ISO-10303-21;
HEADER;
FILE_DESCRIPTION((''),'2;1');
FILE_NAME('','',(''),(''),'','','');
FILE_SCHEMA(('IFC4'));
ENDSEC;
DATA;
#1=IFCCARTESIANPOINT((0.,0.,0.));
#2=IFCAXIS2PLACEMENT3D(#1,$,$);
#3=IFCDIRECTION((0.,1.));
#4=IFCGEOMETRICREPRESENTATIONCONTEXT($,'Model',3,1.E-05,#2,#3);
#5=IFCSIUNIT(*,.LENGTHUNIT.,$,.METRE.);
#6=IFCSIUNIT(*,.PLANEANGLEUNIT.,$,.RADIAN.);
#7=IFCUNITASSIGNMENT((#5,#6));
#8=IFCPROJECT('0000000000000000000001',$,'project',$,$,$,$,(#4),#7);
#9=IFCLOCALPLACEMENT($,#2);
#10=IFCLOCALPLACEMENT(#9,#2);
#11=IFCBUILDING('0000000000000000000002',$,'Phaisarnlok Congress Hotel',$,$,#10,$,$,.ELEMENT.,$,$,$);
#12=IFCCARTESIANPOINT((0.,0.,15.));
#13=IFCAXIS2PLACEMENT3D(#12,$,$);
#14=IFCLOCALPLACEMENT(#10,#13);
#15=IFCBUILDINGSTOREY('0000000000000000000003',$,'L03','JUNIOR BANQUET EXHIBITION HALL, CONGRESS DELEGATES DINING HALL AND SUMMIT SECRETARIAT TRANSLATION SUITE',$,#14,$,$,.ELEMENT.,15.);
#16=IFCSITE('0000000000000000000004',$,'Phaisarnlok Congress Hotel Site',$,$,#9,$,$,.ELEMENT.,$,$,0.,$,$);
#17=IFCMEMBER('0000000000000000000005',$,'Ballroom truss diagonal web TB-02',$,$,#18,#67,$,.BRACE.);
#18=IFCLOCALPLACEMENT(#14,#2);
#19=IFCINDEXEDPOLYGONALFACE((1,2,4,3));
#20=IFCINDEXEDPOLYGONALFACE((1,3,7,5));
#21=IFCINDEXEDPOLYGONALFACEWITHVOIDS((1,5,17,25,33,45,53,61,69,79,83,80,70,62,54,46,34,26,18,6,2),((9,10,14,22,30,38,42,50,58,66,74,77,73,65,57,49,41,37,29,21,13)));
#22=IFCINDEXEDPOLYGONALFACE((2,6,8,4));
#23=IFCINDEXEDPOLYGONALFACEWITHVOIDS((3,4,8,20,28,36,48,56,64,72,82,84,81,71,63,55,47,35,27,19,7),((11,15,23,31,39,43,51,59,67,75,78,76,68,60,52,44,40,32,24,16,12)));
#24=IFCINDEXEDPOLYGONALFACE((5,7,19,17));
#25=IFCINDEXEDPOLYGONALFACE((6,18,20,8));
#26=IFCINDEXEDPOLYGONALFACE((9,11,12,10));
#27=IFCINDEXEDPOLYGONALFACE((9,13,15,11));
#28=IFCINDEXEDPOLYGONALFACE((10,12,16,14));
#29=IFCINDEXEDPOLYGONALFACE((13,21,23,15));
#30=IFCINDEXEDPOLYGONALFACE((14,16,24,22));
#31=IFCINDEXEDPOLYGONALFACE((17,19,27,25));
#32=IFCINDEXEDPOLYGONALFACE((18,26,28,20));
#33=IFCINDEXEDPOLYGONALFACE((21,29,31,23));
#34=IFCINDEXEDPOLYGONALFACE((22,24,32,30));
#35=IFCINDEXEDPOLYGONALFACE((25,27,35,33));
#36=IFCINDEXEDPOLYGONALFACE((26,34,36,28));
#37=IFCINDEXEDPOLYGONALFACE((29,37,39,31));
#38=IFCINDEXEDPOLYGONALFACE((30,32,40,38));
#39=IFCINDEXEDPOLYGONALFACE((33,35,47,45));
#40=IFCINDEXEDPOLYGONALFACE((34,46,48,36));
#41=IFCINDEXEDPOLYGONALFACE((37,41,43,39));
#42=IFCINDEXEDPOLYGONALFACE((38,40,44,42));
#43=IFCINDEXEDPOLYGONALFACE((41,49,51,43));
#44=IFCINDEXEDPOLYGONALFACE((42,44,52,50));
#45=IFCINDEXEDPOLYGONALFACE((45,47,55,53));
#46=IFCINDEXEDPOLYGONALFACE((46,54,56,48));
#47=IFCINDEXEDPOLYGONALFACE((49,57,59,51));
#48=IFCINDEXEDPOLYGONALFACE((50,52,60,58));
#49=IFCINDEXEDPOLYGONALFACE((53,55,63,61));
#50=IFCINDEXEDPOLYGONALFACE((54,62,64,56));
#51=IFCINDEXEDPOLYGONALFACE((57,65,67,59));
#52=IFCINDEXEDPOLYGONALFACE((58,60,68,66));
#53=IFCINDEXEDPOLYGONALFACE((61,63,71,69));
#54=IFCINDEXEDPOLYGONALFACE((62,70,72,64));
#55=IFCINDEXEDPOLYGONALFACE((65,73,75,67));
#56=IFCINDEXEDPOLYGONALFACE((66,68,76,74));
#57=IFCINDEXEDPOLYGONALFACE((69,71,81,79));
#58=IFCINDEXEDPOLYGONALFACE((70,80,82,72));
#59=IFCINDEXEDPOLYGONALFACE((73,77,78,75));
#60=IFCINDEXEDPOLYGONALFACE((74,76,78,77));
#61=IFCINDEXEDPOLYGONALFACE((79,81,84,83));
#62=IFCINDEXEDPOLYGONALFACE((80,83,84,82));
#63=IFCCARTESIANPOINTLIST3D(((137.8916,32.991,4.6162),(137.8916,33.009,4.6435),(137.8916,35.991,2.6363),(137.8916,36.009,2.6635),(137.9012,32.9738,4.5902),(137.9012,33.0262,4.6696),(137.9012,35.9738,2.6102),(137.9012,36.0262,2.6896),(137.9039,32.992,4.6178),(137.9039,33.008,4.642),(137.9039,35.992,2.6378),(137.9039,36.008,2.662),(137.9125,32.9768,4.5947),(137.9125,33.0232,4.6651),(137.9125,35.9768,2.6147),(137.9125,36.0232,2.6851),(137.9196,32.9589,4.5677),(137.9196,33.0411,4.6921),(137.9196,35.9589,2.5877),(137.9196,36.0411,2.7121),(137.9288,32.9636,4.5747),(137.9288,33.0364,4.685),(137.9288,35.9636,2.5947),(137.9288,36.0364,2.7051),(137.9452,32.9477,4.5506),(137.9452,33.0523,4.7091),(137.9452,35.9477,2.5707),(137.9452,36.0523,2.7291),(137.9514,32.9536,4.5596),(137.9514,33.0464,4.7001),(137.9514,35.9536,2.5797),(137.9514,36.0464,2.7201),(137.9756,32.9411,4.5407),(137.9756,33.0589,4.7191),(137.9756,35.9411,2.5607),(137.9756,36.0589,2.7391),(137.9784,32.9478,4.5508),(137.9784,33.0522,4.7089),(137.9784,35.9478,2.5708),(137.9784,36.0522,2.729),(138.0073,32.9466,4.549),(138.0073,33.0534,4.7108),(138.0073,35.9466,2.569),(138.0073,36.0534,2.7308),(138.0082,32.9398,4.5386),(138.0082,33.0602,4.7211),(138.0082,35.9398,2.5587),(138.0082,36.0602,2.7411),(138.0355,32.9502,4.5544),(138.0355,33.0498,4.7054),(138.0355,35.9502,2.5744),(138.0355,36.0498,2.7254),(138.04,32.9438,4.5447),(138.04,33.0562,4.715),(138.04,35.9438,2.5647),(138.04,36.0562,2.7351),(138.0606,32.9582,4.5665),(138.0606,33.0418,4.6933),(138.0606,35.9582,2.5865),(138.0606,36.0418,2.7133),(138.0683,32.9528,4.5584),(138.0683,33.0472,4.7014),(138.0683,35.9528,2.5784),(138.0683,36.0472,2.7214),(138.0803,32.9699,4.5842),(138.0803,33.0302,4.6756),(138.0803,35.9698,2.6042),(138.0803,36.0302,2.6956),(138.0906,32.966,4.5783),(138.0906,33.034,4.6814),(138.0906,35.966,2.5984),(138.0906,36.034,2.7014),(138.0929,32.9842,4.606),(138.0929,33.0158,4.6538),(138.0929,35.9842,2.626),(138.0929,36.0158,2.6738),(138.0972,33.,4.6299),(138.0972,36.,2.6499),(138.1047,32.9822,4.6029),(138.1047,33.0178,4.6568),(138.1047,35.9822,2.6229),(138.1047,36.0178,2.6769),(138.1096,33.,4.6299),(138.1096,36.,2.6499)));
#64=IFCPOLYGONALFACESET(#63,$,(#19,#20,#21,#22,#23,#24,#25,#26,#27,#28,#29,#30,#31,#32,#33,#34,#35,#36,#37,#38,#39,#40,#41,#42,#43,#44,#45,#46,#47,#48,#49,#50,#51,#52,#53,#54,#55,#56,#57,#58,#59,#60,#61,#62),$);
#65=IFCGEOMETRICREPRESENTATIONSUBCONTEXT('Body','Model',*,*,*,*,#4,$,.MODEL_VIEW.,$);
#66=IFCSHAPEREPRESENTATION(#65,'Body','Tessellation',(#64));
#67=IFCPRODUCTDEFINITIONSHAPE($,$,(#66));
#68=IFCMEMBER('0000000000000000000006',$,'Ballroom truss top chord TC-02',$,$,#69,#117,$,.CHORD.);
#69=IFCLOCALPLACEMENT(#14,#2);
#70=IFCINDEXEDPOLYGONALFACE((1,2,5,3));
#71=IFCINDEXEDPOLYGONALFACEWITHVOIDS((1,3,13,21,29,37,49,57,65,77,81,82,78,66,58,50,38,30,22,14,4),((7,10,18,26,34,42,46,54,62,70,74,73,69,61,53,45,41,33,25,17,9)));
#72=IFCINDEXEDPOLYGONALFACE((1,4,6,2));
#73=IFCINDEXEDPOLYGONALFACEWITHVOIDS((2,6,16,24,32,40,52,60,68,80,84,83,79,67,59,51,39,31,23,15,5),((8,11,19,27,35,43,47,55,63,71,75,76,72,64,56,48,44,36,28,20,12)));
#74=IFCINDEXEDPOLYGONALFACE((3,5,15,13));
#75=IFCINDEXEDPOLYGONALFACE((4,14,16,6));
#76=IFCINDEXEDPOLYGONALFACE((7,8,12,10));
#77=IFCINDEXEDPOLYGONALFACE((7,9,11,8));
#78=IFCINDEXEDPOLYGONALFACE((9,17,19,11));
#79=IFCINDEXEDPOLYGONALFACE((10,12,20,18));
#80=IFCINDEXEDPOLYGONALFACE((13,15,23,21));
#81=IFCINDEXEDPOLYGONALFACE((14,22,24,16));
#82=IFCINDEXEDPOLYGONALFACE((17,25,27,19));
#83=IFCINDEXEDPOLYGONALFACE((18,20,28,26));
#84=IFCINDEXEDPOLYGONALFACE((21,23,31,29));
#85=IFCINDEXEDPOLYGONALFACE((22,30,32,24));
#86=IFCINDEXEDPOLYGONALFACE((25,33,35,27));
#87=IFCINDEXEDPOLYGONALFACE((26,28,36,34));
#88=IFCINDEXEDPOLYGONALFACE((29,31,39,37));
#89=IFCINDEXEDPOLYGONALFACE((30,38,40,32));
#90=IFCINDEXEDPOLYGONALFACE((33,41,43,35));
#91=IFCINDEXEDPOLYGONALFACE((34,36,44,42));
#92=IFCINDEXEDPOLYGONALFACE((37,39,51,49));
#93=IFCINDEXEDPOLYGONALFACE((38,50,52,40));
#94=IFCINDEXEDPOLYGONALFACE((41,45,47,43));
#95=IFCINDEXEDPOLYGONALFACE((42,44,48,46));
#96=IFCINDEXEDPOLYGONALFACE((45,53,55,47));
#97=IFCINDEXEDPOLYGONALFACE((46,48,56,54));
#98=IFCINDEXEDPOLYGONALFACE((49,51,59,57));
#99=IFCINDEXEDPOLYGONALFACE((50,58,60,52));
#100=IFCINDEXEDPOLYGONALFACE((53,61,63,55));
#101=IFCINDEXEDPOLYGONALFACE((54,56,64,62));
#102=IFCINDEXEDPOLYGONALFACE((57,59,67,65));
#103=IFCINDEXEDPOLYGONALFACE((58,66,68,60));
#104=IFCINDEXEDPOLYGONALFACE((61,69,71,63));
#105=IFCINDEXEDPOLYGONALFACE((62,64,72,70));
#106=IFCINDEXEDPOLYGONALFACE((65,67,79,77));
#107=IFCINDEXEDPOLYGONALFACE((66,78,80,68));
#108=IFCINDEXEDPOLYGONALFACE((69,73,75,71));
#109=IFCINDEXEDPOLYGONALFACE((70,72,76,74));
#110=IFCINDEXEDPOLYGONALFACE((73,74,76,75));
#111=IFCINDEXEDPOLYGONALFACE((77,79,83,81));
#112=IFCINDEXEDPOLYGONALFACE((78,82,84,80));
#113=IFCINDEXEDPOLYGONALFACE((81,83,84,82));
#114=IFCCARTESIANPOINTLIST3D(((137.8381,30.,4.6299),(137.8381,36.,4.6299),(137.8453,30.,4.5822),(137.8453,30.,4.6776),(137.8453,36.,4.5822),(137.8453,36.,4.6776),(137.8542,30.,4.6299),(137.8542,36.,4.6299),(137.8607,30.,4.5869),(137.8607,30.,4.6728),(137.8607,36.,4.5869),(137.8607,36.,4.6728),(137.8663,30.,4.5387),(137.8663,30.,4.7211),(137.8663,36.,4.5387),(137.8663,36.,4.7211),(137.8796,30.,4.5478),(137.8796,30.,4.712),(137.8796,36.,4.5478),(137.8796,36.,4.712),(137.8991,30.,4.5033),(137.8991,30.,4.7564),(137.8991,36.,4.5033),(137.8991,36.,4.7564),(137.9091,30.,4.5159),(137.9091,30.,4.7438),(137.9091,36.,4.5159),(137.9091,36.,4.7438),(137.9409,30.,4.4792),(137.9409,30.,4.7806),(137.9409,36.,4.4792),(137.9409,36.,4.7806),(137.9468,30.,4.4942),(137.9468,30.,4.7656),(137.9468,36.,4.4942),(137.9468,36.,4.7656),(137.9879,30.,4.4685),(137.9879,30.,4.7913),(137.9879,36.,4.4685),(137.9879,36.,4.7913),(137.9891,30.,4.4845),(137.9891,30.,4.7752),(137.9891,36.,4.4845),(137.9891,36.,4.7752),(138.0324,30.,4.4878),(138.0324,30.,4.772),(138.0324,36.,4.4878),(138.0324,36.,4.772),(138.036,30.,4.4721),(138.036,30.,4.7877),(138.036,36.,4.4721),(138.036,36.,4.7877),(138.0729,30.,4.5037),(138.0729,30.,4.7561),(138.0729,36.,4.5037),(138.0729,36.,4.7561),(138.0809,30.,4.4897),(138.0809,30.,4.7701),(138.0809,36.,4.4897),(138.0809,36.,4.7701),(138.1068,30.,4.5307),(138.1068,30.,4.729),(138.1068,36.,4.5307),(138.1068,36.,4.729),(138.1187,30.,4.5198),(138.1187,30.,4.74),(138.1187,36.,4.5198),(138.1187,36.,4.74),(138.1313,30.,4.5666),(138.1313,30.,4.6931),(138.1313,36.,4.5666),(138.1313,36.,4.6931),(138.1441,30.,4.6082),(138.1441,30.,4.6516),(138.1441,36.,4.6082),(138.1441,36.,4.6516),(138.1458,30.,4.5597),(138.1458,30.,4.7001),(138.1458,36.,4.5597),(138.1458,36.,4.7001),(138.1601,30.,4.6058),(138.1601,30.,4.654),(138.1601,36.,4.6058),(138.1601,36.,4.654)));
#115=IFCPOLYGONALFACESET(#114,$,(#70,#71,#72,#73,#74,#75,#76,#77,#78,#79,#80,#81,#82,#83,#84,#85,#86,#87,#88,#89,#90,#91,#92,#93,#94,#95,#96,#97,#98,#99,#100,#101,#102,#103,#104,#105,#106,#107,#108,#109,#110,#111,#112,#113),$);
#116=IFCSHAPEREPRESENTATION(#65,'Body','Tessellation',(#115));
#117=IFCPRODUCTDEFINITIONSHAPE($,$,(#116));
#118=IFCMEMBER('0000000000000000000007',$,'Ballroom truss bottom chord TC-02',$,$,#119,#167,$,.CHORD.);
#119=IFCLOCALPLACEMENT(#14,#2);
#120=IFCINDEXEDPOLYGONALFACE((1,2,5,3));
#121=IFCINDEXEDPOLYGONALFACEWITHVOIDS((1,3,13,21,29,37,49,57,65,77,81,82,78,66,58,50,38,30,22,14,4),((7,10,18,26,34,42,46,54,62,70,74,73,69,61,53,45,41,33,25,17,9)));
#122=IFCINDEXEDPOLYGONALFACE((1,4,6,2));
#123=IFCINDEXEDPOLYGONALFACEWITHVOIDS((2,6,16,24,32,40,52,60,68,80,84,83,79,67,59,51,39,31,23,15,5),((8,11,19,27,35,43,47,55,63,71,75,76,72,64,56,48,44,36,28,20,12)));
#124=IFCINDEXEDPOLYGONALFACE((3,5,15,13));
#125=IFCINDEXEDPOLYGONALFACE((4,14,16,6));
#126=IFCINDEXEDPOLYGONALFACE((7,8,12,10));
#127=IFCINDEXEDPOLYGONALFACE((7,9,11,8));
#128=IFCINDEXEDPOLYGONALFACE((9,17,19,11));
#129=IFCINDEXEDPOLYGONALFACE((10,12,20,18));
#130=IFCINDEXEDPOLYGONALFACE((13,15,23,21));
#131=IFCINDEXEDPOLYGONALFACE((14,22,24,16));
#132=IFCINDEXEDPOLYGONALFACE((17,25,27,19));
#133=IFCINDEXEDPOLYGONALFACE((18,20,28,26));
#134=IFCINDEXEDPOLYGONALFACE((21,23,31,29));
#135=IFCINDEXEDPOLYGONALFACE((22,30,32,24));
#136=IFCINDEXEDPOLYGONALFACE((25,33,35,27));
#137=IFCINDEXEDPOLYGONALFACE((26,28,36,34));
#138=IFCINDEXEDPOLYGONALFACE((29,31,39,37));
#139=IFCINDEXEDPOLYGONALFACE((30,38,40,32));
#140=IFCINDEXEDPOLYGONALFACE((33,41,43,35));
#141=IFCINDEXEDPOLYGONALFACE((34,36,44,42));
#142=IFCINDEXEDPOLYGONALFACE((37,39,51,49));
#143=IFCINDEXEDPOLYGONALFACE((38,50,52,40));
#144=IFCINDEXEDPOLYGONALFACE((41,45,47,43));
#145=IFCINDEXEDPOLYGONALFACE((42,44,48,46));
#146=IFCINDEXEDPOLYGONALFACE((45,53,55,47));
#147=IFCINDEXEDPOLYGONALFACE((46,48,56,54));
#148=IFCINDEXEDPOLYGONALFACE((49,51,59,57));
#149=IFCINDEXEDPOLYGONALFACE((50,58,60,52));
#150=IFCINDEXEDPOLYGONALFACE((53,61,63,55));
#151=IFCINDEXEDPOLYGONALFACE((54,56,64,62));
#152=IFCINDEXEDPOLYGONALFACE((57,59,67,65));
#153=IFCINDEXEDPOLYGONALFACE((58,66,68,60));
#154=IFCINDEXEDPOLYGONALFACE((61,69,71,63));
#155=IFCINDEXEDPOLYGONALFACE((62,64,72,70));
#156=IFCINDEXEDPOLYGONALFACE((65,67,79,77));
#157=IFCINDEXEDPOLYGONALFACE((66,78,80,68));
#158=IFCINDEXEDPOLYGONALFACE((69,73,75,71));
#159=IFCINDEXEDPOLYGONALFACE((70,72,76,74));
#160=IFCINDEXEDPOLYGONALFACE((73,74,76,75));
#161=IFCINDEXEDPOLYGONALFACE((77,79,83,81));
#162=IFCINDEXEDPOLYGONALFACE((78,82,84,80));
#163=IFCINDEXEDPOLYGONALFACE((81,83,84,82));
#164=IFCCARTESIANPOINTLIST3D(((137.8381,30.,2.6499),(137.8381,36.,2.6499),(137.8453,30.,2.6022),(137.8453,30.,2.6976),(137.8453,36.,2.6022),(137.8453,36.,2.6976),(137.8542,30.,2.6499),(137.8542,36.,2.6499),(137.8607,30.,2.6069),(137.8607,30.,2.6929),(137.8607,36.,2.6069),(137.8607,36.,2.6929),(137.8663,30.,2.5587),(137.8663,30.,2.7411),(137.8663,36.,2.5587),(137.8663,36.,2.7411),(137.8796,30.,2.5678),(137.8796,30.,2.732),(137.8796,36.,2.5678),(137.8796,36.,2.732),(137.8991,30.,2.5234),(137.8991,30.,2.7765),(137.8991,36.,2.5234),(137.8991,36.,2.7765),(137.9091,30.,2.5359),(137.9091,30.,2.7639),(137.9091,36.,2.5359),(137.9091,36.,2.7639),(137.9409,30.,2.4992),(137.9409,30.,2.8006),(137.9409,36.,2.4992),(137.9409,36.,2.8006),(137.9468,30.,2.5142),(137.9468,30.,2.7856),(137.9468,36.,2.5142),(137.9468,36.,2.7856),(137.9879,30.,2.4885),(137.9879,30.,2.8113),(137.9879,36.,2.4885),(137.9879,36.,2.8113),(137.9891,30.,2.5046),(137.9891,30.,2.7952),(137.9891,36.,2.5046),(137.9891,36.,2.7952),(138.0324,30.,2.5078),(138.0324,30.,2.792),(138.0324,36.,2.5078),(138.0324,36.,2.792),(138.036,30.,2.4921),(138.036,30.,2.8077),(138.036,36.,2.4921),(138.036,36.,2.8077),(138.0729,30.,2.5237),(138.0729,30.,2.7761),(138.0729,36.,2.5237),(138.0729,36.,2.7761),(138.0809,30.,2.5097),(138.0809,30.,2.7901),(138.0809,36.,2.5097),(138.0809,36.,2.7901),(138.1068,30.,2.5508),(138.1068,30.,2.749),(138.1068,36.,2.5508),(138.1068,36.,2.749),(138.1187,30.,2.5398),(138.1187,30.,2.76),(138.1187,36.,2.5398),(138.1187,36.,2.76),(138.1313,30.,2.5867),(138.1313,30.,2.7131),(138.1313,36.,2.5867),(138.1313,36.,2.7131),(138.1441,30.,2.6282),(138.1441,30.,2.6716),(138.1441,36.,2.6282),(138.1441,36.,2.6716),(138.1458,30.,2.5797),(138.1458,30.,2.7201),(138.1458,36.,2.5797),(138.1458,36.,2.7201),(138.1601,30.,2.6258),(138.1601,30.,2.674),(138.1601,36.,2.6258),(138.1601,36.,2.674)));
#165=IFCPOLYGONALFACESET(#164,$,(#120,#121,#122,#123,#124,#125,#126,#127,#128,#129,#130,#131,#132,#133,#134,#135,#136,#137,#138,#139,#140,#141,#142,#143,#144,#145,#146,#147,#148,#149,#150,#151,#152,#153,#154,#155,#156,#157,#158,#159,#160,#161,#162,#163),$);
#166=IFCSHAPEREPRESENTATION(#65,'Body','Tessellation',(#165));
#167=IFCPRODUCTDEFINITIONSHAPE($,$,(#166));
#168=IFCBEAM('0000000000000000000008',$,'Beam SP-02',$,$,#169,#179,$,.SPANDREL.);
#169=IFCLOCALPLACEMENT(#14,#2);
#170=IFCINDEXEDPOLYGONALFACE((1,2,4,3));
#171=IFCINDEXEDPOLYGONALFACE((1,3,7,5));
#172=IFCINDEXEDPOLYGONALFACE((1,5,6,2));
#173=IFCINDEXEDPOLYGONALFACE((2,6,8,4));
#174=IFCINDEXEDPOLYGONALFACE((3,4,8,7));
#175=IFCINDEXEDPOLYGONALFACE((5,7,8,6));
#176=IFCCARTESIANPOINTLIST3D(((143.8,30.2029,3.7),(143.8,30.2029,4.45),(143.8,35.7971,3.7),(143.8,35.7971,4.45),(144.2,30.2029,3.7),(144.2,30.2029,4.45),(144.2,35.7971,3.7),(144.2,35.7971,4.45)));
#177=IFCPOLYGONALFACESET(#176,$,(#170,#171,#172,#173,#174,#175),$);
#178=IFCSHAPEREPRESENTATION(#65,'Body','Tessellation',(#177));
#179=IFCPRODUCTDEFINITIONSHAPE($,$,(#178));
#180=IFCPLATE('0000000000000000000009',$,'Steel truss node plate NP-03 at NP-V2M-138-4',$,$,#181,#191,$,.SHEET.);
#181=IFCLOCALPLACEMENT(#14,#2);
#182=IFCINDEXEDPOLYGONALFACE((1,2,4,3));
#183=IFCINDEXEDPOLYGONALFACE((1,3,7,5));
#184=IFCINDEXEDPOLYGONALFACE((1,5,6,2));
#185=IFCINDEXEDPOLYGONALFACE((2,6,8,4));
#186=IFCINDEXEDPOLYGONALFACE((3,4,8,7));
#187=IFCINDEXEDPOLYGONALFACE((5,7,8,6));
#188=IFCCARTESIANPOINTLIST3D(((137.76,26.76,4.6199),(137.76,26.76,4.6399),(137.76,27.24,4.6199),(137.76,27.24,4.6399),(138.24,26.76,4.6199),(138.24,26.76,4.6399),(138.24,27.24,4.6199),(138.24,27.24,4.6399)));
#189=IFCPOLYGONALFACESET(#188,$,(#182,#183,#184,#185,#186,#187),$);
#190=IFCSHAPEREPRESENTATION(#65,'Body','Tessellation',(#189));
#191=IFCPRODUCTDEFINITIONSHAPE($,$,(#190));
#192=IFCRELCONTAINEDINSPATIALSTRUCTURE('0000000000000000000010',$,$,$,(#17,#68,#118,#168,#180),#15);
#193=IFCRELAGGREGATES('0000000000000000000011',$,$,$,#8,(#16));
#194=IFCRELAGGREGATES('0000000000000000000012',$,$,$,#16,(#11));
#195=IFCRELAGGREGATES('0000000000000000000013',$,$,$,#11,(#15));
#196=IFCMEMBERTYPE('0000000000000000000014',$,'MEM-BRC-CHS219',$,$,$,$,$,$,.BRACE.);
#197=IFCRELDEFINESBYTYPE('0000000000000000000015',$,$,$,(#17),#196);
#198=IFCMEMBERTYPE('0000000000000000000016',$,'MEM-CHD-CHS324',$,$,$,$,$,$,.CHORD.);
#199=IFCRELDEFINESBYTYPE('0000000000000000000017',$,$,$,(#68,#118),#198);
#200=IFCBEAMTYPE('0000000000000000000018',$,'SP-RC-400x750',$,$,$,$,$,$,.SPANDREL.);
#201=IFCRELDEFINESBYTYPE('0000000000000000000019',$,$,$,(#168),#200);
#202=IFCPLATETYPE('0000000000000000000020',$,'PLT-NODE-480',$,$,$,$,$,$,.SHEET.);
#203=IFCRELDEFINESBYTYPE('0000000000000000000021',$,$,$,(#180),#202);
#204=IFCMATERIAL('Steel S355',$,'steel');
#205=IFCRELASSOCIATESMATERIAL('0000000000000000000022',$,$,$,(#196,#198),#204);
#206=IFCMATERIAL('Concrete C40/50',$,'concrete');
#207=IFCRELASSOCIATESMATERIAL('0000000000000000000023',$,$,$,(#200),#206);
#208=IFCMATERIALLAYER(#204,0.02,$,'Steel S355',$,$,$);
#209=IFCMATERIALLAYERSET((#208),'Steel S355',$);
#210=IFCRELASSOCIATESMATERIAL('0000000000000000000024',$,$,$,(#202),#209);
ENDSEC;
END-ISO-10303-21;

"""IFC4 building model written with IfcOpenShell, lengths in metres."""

from ifc_helpers import new_model, si_unit, direction, frame, origin, origin_2d, place, context, subcontext, project, spatial, rectangle, hollow_circle, extrude, material, layer, layer_set, material_profile, profile_set, type_object, element, save


model = new_model("IFC4")

# Units and contexts
model_context = context("Model", 3, precision=1e-05, world=origin(), true_north=direction((0.0, 1.0)))
body_context = subcontext(model_context, "Body", "Model", "MODEL_VIEW")
ifc_project = project(units=[si_unit("LENGTHUNIT", "METRE"), si_unit("PLANEANGLEUNIT", "RADIAN")], contexts=[model_context])

# Site, building, storey
site_placement = place(None, origin())
site = spatial("IfcSite", under=ifc_project, at=site_placement, Name="Phaisarnlok Congress Hotel Site", CompositionType="ELEMENT", RefElevation=0.0)
building_placement = place(site_placement, origin())
building = spatial("IfcBuilding", under=site, at=building_placement, Name="Phaisarnlok Congress Hotel", CompositionType="ELEMENT")
storey_placement = place(building_placement, frame((0.0, 0.0, 15.0)))
storey = spatial("IfcBuildingStorey", under=building, at=storey_placement, Name="L03", Description="JUNIOR BANQUET EXHIBITION HALL, CONGRESS DELEGATES DINING HALL AND SUMMIT SECRETARIAT TRANSLATION SUITE", CompositionType="ELEMENT", Elevation=15.0)

# Shared definitions
ifc_material_1 = material(Name="Steel S355", Category="steel")

# Shared definitions
ifc_material_2 = material(Name="Concrete C40/50", Category="concrete")

# Members
ifc_material_profile_1 = material_profile(ifc_material_1, hollow_circle(Radius=0.1096, WallThickness=0.0125, at=origin_2d()), Name="CHS 219.1x12.5")
ifc_profile_set_1 = profile_set([ifc_material_profile_1], Name="Steel S355")
member_type_1 = type_object("IfcMemberType", Name="MEM-BRC-CHS219", PredefinedType="BRACE", material=ifc_profile_set_1)
for number, where, z_axis, x_axis, name in (
    (1, (138.0, 36.0, 2.6499), (0.0, -0.834612, 0.550838), (1.0, 0.0, 0.0), "Ballroom truss diagonal web TB-02"),
):
    element("IfcMember", number, at=place(storey_placement, frame(where, z_axis=z_axis, x_axis=x_axis)), inside=storey, type_object=member_type_1, Name=name, PredefinedType="BRACE", context=body_context, shape_type="SweptSolid", body=[
        extrude(hollow_circle(Radius=0.1096, WallThickness=0.0125, at=origin_2d()), origin(), (0.0, 0.0, 1.0), 3.5945),
    ])
ifc_material_profile_2 = material_profile(ifc_material_1, hollow_circle(Radius=0.1619, WallThickness=0.0161, at=origin_2d()), Name="CHS 323.9x16")
ifc_profile_set_2 = profile_set([ifc_material_profile_2], Name="Steel S355")
member_type_2 = type_object("IfcMemberType", Name="MEM-CHD-CHS324", PredefinedType="CHORD", material=ifc_profile_set_2)
for number, where, z_axis, x_axis, name in (
    (2, (138.0, 30.0, 4.6299), (0.0, 1.0, 0.0), (-1.0, 0.0, 0.0), "Ballroom truss top chord TC-02"),
    (3, (138.0, 30.0, 2.6499), (0.0, 1.0, 0.0), (-1.0, 0.0, 0.0), "Ballroom truss bottom chord TC-02"),
):
    element("IfcMember", number, at=place(storey_placement, frame(where, z_axis=z_axis, x_axis=x_axis)), inside=storey, type_object=member_type_2, Name=name, PredefinedType="CHORD", context=body_context, shape_type="SweptSolid", body=[
        extrude(hollow_circle(Radius=0.1619, WallThickness=0.0161, at=origin_2d()), origin(), (0.0, 0.0, 1.0), 6.0),
    ])

# Beam
ifc_material_profile_3 = material_profile(ifc_material_2, rectangle(XDim=0.3999, YDim=0.75, at=origin_2d()), Name="RC 400x750")
ifc_profile_set_3 = profile_set([ifc_material_profile_3], Name="Concrete C40/50")
beam_type_1 = type_object("IfcBeamType", Name="SP-RC-400x750", PredefinedType="SPANDREL", material=ifc_profile_set_3)
beam_1_placement = place(storey_placement, frame((144.0, 30.2029, 4.075), z_axis=(0.0, 1.0, 0.0), x_axis=(-1.0, 0.0, 0.0)))
element("IfcBeam", 4, at=beam_1_placement, inside=storey, type_object=beam_type_1, Name="Beam SP-02", PredefinedType="SPANDREL", context=body_context, shape_type="SweptSolid", body=[
    extrude(rectangle(XDim=0.3999, YDim=0.75, at=origin_2d()), origin(), (0.0, 0.0, 1.0), 5.5942),
])

# Plate
ifc_layer_1 = layer(ifc_material_1, 0.02, Name="Steel S355")
ifc_layer_set_1 = layer_set([ifc_layer_1], Name="Steel S355")
plate_type_1 = type_object("IfcPlateType", Name="PLT-NODE-480", PredefinedType="SHEET", material=ifc_layer_set_1)
for number, where, z_axis, x_axis, name in (
    (5, (138.0, 27.0, 4.6199), (0.0, 0.0, 1.0), (1.0, 0.0, 0.0), "Steel truss node plate NP-03 at NP-V2M-138-4"),
):
    element("IfcPlate", number, at=place(storey_placement, frame(where, z_axis=z_axis, x_axis=x_axis)), inside=storey, type_object=plate_type_1, Name=name, PredefinedType="SHEET", context=body_context, shape_type="SweptSolid", body=[
        extrude(rectangle(XDim=0.48, YDim=0.48, at=origin_2d()), origin(), (0.0, 0.0, 1.0), 0.02),
    ])

save(model, "model.ifc")
